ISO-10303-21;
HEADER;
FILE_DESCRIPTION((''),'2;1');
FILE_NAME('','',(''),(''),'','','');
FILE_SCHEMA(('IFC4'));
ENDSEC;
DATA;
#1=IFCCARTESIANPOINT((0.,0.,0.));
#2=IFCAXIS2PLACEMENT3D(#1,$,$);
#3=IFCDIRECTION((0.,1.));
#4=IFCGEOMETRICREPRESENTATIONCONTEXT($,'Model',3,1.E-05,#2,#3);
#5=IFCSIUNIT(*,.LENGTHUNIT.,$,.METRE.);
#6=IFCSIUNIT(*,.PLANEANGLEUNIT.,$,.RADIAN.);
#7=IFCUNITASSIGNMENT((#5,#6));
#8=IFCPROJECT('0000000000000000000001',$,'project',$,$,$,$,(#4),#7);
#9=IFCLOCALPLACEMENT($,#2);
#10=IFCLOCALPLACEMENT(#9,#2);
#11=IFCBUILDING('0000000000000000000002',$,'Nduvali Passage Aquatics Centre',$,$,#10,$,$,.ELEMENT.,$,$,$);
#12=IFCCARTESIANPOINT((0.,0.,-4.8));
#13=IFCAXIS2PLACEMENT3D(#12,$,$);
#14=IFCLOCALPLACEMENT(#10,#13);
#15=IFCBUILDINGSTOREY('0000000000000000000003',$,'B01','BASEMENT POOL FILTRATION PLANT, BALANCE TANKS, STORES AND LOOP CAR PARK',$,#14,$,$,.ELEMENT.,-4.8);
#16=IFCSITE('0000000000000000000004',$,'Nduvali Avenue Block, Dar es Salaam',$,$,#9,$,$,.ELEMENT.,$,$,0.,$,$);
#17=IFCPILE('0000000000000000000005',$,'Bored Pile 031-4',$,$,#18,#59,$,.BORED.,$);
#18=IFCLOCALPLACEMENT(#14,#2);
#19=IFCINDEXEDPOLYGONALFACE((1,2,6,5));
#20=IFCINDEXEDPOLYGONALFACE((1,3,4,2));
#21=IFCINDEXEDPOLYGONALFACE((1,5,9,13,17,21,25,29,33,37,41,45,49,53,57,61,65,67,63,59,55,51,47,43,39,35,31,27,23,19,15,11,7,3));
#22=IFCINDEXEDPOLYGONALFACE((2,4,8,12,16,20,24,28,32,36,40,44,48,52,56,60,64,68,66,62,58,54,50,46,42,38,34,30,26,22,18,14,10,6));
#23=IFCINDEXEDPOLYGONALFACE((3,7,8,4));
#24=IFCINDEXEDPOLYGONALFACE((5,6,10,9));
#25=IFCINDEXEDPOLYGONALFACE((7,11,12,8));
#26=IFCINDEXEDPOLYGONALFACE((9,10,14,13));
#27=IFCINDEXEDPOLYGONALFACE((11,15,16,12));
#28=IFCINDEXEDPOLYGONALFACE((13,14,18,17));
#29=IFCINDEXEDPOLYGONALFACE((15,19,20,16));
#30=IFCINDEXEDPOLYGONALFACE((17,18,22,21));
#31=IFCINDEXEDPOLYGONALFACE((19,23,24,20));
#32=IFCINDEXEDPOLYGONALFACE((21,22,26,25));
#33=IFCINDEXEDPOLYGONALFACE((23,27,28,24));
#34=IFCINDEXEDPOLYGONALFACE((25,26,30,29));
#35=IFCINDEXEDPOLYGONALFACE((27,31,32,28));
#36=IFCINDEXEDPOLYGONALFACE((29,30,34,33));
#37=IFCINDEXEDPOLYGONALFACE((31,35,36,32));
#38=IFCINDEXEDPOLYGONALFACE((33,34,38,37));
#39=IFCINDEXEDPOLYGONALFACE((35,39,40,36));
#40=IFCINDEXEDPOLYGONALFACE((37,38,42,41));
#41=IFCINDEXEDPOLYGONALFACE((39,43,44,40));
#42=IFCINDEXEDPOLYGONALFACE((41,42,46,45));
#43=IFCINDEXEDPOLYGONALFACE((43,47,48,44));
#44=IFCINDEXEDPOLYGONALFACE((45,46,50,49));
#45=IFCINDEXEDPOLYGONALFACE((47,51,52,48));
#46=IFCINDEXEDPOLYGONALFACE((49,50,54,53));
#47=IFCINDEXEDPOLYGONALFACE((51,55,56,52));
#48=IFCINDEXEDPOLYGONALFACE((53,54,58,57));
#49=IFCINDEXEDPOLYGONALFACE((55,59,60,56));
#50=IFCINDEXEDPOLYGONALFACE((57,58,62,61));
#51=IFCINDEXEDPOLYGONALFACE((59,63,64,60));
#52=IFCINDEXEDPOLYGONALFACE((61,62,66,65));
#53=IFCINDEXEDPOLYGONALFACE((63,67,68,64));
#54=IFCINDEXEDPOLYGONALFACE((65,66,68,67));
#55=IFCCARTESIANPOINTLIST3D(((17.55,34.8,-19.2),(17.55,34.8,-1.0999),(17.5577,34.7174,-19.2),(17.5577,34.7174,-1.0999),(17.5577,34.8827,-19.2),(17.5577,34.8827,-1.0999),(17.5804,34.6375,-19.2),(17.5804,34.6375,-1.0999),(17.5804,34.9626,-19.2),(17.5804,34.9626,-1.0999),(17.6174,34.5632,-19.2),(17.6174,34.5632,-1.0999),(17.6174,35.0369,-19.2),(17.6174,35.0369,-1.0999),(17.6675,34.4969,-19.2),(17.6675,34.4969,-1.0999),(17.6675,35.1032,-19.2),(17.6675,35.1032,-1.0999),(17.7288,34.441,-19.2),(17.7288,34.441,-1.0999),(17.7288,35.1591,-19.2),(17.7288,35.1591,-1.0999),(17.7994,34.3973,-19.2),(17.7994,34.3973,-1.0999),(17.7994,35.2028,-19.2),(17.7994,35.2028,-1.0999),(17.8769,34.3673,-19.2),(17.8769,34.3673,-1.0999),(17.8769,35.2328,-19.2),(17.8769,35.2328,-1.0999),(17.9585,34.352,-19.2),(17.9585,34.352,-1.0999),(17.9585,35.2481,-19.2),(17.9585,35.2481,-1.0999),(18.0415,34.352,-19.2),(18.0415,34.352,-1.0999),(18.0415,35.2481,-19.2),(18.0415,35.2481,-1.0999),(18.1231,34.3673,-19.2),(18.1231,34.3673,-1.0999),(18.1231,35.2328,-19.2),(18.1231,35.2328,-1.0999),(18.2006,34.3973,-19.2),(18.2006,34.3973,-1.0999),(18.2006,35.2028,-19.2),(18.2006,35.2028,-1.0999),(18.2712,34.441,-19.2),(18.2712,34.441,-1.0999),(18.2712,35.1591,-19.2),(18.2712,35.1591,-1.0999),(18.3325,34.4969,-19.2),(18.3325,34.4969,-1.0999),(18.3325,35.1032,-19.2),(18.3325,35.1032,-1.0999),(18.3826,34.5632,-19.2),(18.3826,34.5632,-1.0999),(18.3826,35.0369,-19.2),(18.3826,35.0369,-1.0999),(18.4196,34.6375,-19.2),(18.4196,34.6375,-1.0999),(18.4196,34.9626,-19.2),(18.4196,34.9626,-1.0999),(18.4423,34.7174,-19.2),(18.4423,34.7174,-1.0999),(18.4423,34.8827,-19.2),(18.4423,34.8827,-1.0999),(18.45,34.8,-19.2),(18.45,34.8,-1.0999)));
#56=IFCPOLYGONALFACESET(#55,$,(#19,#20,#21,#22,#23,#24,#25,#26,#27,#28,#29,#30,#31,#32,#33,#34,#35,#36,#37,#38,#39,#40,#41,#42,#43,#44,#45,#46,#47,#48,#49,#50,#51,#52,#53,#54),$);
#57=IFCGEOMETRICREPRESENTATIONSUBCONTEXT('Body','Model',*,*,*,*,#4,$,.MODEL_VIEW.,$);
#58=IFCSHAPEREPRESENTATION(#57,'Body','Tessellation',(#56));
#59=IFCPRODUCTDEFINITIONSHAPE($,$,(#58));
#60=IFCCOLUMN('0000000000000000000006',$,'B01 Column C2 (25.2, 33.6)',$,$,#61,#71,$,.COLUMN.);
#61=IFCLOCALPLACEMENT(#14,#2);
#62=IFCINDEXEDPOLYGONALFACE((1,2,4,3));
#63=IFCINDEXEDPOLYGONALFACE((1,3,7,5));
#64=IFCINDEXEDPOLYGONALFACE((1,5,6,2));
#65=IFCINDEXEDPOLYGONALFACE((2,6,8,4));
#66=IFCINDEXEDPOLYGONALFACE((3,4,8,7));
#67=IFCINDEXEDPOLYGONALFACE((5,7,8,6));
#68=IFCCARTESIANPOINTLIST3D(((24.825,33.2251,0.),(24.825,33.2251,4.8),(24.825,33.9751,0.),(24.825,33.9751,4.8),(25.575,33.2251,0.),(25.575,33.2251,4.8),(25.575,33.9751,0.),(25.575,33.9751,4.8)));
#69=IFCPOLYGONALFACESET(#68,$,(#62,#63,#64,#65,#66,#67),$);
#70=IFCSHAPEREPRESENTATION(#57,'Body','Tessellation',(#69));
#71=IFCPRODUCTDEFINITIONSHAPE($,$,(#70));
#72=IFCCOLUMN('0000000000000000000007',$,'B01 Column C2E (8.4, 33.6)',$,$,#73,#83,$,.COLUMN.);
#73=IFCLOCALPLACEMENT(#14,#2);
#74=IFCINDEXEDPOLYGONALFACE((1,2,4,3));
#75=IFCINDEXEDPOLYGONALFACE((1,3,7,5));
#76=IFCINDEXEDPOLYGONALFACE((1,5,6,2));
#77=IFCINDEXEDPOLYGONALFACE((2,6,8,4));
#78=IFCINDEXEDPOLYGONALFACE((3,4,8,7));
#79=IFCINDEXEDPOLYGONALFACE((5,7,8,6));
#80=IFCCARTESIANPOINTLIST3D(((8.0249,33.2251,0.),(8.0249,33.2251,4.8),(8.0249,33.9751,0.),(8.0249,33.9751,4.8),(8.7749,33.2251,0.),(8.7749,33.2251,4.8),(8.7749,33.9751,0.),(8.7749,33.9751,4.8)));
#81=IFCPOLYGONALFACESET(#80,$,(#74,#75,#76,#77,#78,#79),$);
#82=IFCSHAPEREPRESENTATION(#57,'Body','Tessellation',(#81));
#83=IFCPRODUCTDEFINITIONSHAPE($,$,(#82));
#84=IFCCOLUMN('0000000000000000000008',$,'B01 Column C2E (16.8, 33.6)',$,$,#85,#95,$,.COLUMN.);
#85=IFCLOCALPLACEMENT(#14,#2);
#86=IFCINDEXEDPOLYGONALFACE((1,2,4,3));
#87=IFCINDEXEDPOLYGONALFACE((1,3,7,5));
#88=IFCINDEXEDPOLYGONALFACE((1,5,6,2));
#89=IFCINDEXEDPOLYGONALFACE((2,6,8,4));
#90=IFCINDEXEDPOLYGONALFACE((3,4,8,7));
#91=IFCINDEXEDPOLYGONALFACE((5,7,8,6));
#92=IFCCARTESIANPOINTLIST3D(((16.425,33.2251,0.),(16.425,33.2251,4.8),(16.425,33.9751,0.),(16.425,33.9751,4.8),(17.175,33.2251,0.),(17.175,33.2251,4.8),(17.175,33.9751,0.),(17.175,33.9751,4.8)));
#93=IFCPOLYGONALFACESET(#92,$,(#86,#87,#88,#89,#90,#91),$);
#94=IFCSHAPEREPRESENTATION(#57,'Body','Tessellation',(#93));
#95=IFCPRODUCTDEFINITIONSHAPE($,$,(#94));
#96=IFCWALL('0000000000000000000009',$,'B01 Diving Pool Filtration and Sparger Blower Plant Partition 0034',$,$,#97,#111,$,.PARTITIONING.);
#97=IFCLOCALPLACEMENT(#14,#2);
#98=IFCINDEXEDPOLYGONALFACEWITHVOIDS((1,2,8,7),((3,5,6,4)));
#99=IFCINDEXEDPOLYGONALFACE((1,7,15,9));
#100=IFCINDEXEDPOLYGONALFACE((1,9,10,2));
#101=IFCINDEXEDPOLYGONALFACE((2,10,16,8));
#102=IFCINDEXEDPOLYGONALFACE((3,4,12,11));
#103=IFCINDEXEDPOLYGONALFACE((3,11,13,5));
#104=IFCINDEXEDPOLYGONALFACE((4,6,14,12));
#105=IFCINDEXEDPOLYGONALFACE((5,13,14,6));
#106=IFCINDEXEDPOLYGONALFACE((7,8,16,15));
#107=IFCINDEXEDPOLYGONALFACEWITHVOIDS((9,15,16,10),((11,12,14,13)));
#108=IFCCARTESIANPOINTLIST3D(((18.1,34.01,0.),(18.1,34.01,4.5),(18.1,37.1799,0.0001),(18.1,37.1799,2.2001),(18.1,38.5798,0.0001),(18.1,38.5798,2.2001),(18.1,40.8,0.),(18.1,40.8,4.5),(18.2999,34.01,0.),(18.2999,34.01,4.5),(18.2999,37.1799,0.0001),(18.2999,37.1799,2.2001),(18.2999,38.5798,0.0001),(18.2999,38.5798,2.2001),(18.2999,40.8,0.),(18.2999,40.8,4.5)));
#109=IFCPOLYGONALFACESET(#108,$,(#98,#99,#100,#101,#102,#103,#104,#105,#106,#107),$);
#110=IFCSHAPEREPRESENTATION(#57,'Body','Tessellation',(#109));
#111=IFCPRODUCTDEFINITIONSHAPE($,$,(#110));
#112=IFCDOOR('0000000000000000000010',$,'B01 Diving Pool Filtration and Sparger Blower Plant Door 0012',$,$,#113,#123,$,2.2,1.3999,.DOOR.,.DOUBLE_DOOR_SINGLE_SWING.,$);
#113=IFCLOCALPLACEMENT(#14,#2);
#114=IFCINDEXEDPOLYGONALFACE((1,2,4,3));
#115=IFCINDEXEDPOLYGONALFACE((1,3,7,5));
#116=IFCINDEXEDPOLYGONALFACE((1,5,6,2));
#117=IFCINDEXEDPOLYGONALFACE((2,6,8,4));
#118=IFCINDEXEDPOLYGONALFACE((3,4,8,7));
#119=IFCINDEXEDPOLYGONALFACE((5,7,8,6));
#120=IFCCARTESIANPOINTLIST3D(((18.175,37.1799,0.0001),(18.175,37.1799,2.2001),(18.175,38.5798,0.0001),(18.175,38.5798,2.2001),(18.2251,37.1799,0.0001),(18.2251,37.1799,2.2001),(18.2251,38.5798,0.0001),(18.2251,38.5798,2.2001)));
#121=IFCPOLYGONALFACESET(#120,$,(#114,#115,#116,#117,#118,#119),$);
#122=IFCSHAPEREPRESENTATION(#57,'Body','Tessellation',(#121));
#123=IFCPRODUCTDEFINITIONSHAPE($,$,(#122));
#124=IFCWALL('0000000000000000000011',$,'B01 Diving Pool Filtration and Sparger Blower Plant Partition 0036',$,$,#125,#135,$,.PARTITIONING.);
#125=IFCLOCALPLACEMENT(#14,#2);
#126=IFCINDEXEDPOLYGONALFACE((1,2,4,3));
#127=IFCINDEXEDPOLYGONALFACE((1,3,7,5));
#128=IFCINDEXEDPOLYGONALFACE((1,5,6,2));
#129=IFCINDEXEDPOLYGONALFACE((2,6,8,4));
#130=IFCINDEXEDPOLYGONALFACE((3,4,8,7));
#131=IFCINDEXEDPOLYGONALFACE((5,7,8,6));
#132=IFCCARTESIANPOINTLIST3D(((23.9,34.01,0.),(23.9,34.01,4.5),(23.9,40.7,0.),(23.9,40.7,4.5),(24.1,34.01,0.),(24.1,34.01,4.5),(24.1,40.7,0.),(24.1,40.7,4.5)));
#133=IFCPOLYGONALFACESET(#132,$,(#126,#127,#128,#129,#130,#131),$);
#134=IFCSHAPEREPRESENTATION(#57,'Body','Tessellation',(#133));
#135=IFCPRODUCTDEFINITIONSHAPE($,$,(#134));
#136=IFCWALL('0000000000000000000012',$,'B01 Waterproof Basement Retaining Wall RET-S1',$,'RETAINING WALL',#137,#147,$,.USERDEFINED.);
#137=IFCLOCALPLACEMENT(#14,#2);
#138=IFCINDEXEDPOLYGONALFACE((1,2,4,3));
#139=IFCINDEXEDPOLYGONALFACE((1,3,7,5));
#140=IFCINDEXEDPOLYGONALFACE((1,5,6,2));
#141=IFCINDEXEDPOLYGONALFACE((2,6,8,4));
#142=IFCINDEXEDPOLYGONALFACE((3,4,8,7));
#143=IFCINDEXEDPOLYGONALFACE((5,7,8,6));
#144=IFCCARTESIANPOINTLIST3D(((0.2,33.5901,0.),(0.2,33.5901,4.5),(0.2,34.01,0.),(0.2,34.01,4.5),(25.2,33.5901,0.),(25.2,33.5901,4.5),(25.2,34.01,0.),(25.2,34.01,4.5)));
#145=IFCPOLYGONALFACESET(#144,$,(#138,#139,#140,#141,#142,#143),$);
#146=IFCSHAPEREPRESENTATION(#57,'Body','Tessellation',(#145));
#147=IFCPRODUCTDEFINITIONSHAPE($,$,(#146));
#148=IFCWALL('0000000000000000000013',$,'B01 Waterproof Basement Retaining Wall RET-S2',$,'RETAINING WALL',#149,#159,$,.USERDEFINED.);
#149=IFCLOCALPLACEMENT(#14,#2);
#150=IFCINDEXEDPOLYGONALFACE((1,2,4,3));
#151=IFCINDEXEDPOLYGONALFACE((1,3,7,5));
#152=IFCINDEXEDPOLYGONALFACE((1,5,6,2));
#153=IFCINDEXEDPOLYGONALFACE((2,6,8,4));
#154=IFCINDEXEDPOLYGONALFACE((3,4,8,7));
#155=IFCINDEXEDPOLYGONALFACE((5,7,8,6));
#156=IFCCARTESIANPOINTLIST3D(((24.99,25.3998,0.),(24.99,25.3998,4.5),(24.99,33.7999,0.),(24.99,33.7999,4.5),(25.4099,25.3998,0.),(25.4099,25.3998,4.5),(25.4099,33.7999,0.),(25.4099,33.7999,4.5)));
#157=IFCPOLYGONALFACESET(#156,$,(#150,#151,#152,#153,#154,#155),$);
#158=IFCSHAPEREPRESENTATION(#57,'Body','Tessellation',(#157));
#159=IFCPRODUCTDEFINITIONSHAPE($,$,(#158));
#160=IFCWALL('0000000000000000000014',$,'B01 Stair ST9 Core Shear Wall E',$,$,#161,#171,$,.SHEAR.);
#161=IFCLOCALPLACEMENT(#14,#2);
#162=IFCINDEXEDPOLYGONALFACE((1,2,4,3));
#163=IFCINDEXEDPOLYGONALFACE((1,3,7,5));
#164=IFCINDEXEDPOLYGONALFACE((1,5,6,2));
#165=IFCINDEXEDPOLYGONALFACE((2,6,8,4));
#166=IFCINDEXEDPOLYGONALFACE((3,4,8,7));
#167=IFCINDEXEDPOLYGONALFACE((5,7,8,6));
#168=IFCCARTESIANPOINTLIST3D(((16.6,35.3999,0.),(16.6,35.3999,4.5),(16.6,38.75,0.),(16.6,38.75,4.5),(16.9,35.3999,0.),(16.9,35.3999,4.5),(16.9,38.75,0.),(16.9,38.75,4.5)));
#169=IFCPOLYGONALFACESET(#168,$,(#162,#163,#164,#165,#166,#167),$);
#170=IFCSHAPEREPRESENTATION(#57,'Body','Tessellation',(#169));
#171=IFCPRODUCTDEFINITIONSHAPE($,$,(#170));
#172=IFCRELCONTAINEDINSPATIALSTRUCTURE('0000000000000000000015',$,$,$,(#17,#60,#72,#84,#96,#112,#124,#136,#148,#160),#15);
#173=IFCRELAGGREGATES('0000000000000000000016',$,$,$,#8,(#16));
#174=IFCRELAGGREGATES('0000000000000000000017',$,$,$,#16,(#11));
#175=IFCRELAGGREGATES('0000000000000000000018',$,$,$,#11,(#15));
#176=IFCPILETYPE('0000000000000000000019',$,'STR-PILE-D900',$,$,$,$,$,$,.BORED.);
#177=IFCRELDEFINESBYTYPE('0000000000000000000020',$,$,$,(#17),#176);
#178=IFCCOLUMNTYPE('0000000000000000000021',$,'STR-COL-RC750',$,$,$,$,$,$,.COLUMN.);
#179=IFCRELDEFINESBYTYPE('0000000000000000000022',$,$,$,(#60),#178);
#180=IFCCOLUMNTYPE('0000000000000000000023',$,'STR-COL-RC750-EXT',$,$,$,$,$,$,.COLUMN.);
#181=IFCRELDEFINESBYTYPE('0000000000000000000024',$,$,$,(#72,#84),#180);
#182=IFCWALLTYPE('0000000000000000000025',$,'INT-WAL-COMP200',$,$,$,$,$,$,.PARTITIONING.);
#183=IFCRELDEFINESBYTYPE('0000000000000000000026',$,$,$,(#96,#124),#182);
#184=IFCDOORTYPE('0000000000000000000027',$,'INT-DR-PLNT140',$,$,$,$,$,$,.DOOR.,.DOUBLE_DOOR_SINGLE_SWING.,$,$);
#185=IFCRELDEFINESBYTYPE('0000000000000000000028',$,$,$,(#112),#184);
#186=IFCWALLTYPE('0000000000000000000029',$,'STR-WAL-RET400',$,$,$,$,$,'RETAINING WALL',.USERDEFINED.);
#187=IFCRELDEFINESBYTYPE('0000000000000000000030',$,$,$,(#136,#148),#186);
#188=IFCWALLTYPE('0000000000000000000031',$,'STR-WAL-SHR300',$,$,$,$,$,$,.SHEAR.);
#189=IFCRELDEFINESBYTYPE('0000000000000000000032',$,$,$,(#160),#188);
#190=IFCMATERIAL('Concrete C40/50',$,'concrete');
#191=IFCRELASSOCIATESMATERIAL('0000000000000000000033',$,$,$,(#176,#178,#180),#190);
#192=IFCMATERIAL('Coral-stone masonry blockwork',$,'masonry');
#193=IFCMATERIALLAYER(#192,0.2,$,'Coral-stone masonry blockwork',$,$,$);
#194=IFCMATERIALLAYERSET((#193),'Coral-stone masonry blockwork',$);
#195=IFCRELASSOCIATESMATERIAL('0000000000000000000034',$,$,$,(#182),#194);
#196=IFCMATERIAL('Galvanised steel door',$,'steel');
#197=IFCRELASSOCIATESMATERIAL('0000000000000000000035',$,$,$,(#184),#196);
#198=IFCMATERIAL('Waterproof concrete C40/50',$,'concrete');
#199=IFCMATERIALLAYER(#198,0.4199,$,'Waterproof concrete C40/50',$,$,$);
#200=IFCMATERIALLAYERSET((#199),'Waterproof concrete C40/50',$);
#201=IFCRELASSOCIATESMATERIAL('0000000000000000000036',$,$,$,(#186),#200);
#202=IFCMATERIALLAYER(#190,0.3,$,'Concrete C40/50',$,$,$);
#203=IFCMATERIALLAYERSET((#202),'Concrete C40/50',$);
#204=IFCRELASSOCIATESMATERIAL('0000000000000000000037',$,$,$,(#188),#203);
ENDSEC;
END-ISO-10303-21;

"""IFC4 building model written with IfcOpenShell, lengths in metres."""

from ifc_helpers import new_model, si_unit, direction, frame, frame_2d, origin, origin_2d, place, context, subcontext, project, spatial, rectangle, circle, extrude, material, layer, layer_set, material_profile, profile_set, type_object, element, fill, save


model = new_model("IFC4")

# Units and contexts
model_context = context("Model", 3, precision=1e-05, world=origin(), true_north=direction((0.0, 1.0)))
body_context = subcontext(model_context, "Body", "Model", "MODEL_VIEW")
ifc_project = project(units=[si_unit("LENGTHUNIT", "METRE"), si_unit("PLANEANGLEUNIT", "RADIAN")], contexts=[model_context])

# Site, building, storey
site_placement = place(None, origin())
site = spatial("IfcSite", under=ifc_project, at=site_placement, Name="Nduvali Avenue Block, Dar es Salaam", CompositionType="ELEMENT", RefElevation=0.0)
building_placement = place(site_placement, origin())
building = spatial("IfcBuilding", under=site, at=building_placement, Name="Nduvali Passage Aquatics Centre", CompositionType="ELEMENT")
storey_placement = place(building_placement, frame((0.0, 0.0, -4.8)))
storey = spatial("IfcBuildingStorey", under=building, at=storey_placement, Name="B01", Description="BASEMENT POOL FILTRATION PLANT, BALANCE TANKS, STORES AND LOOP CAR PARK", CompositionType="ELEMENT", Elevation=-4.8)

# Shared definitions
ifc_material_1 = material(Name="Concrete C40/50", Category="concrete")

# Pile
ifc_material_profile_1 = material_profile(ifc_material_1, circle(Radius=0.45, at=origin_2d()), Name="PILE D900")
ifc_profile_set_1 = profile_set([ifc_material_profile_1], Name="Concrete C40/50")
pile_type_1 = type_object("IfcPileType", Name="STR-PILE-D900", PredefinedType="BORED", material=ifc_profile_set_1)
for number, where, z_axis, x_axis, name in (
    (1, (18.0, 34.8, -1.0999), (0.0, 0.0, -1.0), (1.0, 0.0, 0.0), "Bored Pile 031-4"),
):
    element("IfcPile", number, at=place(storey_placement, frame(where, z_axis=z_axis, x_axis=x_axis)), inside=storey, type_object=pile_type_1, Name=name, PredefinedType="BORED", context=body_context, shape_type="SweptSolid", body=[
        extrude(circle(Radius=0.45, at=origin_2d()), origin(), (0.0, 0.0, 1.0), 18.1001),
    ])

# Columns
ifc_material_profile_2 = material_profile(ifc_material_1, rectangle(XDim=0.75, YDim=0.75, at=origin_2d()), Name="RC 750x750")
ifc_profile_set_2 = profile_set([ifc_material_profile_2], Name="Concrete C40/50")
column_type_1 = type_object("IfcColumnType", Name="STR-COL-RC750", PredefinedType="COLUMN", material=ifc_profile_set_2)
column_placement = place(storey_placement, frame((25.2, 33.6001, 0.0), z_axis=(0.0, 0.0, 1.0), x_axis=(1.0, 0.0, 0.0)))
element("IfcColumn", 2, at=column_placement, inside=storey, type_object=column_type_1, Name="B01 Column C2 (25.2, 33.6)", PredefinedType="COLUMN", context=body_context, shape_type="SweptSolid", body=[
    extrude(rectangle(XDim=0.75, YDim=0.75, at=origin_2d()), origin(), (0.0, 0.0, 1.0), 4.8),
])
ifc_material_profile_3 = material_profile(ifc_material_1, rectangle(XDim=0.75, YDim=0.75, at=origin_2d()), Name="RC 750x750")
ifc_profile_set_3 = profile_set([ifc_material_profile_3], Name="Concrete C40/50")
column_type_2 = type_object("IfcColumnType", Name="STR-COL-RC750-EXT", PredefinedType="COLUMN", material=ifc_profile_set_3)
for number, where, z_axis, x_axis, name in (
    (3, (8.3999, 33.6001, 0.0), (0.0, 0.0, 1.0), (1.0, 0.0, 0.0), "B01 Column C2E (8.4, 33.6)"),
    (4, (16.8, 33.6001, 0.0), (0.0, 0.0, 1.0), (1.0, 0.0, 0.0), "B01 Column C2E (16.8, 33.6)"),
):
    element("IfcColumn", number, at=place(storey_placement, frame(where, z_axis=z_axis, x_axis=x_axis)), inside=storey, type_object=column_type_2, Name=name, PredefinedType="COLUMN", context=body_context, shape_type="SweptSolid", body=[
        extrude(rectangle(XDim=0.75, YDim=0.75, at=origin_2d()), origin(), (0.0, 0.0, 1.0), 4.8),
    ])

# Wall, opening, door
ifc_material_2 = material(Name="Coral-stone masonry blockwork", Category="masonry")
ifc_layer_1 = layer(ifc_material_2, 0.2, Name="Coral-stone masonry blockwork")
ifc_layer_set_1 = layer_set([ifc_layer_1], Name="Coral-stone masonry blockwork")
wall_type_1 = type_object("IfcWallType", Name="INT-WAL-COMP200", PredefinedType="PARTITIONING", material=ifc_layer_set_1)
wall_1_placement = place(storey_placement, frame((18.2, 34.01, 0.0), z_axis=(0.0, 0.0, 1.0), x_axis=(0.0, 1.0, 0.0)))
wall_1 = element("IfcWall", 5, at=wall_1_placement, inside=storey, type_object=wall_type_1, Name="B01 Diving Pool Filtration and Sparger Blower Plant Partition 0034", PredefinedType="PARTITIONING", context=body_context, shape_type="SweptSolid", body=[
    extrude(rectangle(XDim=6.79, YDim=0.2, at=frame_2d((3.395, 0.0))), origin(), (0.0, 0.0, 1.0), 4.5),
])
opening_placement = place(wall_1_placement, frame((3.1699, 0.0, 0.0)))
opening = element("IfcOpeningElement", 6, at=opening_placement, cuts=wall_1, PredefinedType="OPENING", context=body_context, shape_type="SweptSolid", body=[
    extrude(rectangle(XDim=1.3999, YDim=2.2, at=frame_2d((0.7, 1.1001))), frame((0.0, 0.1147, 0.0), z_axis=(0.0, -1.0, 0.0), x_axis=(1.0, 0.0, 0.0)), (0.0, 0.0, 1.0), 0.2297),
])
ifc_material_3 = material(Name="Galvanised steel door", Category="steel")
door_type = type_object("IfcDoorType", Name="INT-DR-PLNT140", OperationType="DOUBLE_DOOR_SINGLE_SWING", PredefinedType="DOOR", material=ifc_material_3)
door_placement = place(opening_placement, origin())
door = element("IfcDoor", 7, at=door_placement, inside=storey, type_object=door_type, Name="B01 Diving Pool Filtration and Sparger Blower Plant Door 0012", OperationType="DOUBLE_DOOR_SINGLE_SWING", OverallHeight=2.2, OverallWidth=1.3999, PredefinedType="DOOR", context=body_context, shape_type="SweptSolid", body=[
    extrude(rectangle(XDim=1.3999, YDim=2.2, at=frame_2d((0.7, 1.1001))), frame((0.0, 0.0249, 0.0), z_axis=(0.0, -1.0, 0.0), x_axis=(1.0, 0.0, 0.0)), (0.0, 0.0, 1.0), 0.05),
])
fill(opening, door)

# Walls
wall_2_placement = place(storey_placement, frame((24.0, 34.01, 0.0), z_axis=(0.0, 0.0, 1.0), x_axis=(0.0, 1.0, 0.0)))
element("IfcWall", 8, at=wall_2_placement, inside=storey, type_object=wall_type_1, Name="B01 Diving Pool Filtration and Sparger Blower Plant Partition 0036", PredefinedType="PARTITIONING", context=body_context, shape_type="SweptSolid", body=[
    extrude(rectangle(XDim=6.6899, YDim=0.2, at=frame_2d((3.345, 0.0))), origin(), (0.0, 0.0, 1.0), 4.5),
])
ifc_material_4 = material(Name="Waterproof concrete C40/50", Category="concrete")
ifc_layer_2 = layer(ifc_material_4, 0.4199, Name="Waterproof concrete C40/50")
ifc_layer_set_2 = layer_set([ifc_layer_2], Name="Waterproof concrete C40/50")
wall_type_2 = type_object("IfcWallType", Name="STR-WAL-RET400", ElementType="RETAINING WALL", PredefinedType="USERDEFINED", material=ifc_layer_set_2)
wall_3_placement = place(storey_placement, frame((0.2, 33.8, 0.0), z_axis=(0.0, 0.0, 1.0), x_axis=(1.0, 0.0, 0.0)))
element("IfcWall", 9, at=wall_3_placement, inside=storey, type_object=wall_type_2, Name="B01 Waterproof Basement Retaining Wall RET-S1", ObjectType="RETAINING WALL", PredefinedType="USERDEFINED", context=body_context, shape_type="SweptSolid", body=[
    extrude(rectangle(XDim=25.0, YDim=0.4199, at=frame_2d((12.5, 0.0))), origin(), (0.0, 0.0, 1.0), 4.5),
])
wall_4_placement = place(storey_placement, frame((25.2, 33.8, 0.0), z_axis=(0.0, 0.0, 1.0), x_axis=(0.0, -1.0, 0.0)))
element("IfcWall", 10, at=wall_4_placement, inside=storey, type_object=wall_type_2, Name="B01 Waterproof Basement Retaining Wall RET-S2", ObjectType="RETAINING WALL", PredefinedType="USERDEFINED", context=body_context, shape_type="SweptSolid", body=[
    extrude(rectangle(XDim=8.4001, YDim=0.4199, at=frame_2d((4.2002, 0.0))), origin(), (0.0, 0.0, 1.0), 4.5),
])
ifc_layer_3 = layer(ifc_material_1, 0.3, Name="Concrete C40/50")
ifc_layer_set_3 = layer_set([ifc_layer_3], Name="Concrete C40/50")
wall_type_3 = type_object("IfcWallType", Name="STR-WAL-SHR300", PredefinedType="SHEAR", material=ifc_layer_set_3)
wall_5_placement = place(storey_placement, frame((16.75, 35.3999, 0.0), z_axis=(0.0, 0.0, 1.0), x_axis=(0.0, 1.0, 0.0)))
element("IfcWall", 11, at=wall_5_placement, inside=storey, type_object=wall_type_3, Name="B01 Stair ST9 Core Shear Wall E", PredefinedType="SHEAR", context=body_context, shape_type="SweptSolid", body=[
    extrude(rectangle(XDim=3.3501, YDim=0.3, at=frame_2d((1.675, 0.0))), origin(), (0.0, 0.0, 1.0), 4.5),
])

save(model, "model.ifc")
